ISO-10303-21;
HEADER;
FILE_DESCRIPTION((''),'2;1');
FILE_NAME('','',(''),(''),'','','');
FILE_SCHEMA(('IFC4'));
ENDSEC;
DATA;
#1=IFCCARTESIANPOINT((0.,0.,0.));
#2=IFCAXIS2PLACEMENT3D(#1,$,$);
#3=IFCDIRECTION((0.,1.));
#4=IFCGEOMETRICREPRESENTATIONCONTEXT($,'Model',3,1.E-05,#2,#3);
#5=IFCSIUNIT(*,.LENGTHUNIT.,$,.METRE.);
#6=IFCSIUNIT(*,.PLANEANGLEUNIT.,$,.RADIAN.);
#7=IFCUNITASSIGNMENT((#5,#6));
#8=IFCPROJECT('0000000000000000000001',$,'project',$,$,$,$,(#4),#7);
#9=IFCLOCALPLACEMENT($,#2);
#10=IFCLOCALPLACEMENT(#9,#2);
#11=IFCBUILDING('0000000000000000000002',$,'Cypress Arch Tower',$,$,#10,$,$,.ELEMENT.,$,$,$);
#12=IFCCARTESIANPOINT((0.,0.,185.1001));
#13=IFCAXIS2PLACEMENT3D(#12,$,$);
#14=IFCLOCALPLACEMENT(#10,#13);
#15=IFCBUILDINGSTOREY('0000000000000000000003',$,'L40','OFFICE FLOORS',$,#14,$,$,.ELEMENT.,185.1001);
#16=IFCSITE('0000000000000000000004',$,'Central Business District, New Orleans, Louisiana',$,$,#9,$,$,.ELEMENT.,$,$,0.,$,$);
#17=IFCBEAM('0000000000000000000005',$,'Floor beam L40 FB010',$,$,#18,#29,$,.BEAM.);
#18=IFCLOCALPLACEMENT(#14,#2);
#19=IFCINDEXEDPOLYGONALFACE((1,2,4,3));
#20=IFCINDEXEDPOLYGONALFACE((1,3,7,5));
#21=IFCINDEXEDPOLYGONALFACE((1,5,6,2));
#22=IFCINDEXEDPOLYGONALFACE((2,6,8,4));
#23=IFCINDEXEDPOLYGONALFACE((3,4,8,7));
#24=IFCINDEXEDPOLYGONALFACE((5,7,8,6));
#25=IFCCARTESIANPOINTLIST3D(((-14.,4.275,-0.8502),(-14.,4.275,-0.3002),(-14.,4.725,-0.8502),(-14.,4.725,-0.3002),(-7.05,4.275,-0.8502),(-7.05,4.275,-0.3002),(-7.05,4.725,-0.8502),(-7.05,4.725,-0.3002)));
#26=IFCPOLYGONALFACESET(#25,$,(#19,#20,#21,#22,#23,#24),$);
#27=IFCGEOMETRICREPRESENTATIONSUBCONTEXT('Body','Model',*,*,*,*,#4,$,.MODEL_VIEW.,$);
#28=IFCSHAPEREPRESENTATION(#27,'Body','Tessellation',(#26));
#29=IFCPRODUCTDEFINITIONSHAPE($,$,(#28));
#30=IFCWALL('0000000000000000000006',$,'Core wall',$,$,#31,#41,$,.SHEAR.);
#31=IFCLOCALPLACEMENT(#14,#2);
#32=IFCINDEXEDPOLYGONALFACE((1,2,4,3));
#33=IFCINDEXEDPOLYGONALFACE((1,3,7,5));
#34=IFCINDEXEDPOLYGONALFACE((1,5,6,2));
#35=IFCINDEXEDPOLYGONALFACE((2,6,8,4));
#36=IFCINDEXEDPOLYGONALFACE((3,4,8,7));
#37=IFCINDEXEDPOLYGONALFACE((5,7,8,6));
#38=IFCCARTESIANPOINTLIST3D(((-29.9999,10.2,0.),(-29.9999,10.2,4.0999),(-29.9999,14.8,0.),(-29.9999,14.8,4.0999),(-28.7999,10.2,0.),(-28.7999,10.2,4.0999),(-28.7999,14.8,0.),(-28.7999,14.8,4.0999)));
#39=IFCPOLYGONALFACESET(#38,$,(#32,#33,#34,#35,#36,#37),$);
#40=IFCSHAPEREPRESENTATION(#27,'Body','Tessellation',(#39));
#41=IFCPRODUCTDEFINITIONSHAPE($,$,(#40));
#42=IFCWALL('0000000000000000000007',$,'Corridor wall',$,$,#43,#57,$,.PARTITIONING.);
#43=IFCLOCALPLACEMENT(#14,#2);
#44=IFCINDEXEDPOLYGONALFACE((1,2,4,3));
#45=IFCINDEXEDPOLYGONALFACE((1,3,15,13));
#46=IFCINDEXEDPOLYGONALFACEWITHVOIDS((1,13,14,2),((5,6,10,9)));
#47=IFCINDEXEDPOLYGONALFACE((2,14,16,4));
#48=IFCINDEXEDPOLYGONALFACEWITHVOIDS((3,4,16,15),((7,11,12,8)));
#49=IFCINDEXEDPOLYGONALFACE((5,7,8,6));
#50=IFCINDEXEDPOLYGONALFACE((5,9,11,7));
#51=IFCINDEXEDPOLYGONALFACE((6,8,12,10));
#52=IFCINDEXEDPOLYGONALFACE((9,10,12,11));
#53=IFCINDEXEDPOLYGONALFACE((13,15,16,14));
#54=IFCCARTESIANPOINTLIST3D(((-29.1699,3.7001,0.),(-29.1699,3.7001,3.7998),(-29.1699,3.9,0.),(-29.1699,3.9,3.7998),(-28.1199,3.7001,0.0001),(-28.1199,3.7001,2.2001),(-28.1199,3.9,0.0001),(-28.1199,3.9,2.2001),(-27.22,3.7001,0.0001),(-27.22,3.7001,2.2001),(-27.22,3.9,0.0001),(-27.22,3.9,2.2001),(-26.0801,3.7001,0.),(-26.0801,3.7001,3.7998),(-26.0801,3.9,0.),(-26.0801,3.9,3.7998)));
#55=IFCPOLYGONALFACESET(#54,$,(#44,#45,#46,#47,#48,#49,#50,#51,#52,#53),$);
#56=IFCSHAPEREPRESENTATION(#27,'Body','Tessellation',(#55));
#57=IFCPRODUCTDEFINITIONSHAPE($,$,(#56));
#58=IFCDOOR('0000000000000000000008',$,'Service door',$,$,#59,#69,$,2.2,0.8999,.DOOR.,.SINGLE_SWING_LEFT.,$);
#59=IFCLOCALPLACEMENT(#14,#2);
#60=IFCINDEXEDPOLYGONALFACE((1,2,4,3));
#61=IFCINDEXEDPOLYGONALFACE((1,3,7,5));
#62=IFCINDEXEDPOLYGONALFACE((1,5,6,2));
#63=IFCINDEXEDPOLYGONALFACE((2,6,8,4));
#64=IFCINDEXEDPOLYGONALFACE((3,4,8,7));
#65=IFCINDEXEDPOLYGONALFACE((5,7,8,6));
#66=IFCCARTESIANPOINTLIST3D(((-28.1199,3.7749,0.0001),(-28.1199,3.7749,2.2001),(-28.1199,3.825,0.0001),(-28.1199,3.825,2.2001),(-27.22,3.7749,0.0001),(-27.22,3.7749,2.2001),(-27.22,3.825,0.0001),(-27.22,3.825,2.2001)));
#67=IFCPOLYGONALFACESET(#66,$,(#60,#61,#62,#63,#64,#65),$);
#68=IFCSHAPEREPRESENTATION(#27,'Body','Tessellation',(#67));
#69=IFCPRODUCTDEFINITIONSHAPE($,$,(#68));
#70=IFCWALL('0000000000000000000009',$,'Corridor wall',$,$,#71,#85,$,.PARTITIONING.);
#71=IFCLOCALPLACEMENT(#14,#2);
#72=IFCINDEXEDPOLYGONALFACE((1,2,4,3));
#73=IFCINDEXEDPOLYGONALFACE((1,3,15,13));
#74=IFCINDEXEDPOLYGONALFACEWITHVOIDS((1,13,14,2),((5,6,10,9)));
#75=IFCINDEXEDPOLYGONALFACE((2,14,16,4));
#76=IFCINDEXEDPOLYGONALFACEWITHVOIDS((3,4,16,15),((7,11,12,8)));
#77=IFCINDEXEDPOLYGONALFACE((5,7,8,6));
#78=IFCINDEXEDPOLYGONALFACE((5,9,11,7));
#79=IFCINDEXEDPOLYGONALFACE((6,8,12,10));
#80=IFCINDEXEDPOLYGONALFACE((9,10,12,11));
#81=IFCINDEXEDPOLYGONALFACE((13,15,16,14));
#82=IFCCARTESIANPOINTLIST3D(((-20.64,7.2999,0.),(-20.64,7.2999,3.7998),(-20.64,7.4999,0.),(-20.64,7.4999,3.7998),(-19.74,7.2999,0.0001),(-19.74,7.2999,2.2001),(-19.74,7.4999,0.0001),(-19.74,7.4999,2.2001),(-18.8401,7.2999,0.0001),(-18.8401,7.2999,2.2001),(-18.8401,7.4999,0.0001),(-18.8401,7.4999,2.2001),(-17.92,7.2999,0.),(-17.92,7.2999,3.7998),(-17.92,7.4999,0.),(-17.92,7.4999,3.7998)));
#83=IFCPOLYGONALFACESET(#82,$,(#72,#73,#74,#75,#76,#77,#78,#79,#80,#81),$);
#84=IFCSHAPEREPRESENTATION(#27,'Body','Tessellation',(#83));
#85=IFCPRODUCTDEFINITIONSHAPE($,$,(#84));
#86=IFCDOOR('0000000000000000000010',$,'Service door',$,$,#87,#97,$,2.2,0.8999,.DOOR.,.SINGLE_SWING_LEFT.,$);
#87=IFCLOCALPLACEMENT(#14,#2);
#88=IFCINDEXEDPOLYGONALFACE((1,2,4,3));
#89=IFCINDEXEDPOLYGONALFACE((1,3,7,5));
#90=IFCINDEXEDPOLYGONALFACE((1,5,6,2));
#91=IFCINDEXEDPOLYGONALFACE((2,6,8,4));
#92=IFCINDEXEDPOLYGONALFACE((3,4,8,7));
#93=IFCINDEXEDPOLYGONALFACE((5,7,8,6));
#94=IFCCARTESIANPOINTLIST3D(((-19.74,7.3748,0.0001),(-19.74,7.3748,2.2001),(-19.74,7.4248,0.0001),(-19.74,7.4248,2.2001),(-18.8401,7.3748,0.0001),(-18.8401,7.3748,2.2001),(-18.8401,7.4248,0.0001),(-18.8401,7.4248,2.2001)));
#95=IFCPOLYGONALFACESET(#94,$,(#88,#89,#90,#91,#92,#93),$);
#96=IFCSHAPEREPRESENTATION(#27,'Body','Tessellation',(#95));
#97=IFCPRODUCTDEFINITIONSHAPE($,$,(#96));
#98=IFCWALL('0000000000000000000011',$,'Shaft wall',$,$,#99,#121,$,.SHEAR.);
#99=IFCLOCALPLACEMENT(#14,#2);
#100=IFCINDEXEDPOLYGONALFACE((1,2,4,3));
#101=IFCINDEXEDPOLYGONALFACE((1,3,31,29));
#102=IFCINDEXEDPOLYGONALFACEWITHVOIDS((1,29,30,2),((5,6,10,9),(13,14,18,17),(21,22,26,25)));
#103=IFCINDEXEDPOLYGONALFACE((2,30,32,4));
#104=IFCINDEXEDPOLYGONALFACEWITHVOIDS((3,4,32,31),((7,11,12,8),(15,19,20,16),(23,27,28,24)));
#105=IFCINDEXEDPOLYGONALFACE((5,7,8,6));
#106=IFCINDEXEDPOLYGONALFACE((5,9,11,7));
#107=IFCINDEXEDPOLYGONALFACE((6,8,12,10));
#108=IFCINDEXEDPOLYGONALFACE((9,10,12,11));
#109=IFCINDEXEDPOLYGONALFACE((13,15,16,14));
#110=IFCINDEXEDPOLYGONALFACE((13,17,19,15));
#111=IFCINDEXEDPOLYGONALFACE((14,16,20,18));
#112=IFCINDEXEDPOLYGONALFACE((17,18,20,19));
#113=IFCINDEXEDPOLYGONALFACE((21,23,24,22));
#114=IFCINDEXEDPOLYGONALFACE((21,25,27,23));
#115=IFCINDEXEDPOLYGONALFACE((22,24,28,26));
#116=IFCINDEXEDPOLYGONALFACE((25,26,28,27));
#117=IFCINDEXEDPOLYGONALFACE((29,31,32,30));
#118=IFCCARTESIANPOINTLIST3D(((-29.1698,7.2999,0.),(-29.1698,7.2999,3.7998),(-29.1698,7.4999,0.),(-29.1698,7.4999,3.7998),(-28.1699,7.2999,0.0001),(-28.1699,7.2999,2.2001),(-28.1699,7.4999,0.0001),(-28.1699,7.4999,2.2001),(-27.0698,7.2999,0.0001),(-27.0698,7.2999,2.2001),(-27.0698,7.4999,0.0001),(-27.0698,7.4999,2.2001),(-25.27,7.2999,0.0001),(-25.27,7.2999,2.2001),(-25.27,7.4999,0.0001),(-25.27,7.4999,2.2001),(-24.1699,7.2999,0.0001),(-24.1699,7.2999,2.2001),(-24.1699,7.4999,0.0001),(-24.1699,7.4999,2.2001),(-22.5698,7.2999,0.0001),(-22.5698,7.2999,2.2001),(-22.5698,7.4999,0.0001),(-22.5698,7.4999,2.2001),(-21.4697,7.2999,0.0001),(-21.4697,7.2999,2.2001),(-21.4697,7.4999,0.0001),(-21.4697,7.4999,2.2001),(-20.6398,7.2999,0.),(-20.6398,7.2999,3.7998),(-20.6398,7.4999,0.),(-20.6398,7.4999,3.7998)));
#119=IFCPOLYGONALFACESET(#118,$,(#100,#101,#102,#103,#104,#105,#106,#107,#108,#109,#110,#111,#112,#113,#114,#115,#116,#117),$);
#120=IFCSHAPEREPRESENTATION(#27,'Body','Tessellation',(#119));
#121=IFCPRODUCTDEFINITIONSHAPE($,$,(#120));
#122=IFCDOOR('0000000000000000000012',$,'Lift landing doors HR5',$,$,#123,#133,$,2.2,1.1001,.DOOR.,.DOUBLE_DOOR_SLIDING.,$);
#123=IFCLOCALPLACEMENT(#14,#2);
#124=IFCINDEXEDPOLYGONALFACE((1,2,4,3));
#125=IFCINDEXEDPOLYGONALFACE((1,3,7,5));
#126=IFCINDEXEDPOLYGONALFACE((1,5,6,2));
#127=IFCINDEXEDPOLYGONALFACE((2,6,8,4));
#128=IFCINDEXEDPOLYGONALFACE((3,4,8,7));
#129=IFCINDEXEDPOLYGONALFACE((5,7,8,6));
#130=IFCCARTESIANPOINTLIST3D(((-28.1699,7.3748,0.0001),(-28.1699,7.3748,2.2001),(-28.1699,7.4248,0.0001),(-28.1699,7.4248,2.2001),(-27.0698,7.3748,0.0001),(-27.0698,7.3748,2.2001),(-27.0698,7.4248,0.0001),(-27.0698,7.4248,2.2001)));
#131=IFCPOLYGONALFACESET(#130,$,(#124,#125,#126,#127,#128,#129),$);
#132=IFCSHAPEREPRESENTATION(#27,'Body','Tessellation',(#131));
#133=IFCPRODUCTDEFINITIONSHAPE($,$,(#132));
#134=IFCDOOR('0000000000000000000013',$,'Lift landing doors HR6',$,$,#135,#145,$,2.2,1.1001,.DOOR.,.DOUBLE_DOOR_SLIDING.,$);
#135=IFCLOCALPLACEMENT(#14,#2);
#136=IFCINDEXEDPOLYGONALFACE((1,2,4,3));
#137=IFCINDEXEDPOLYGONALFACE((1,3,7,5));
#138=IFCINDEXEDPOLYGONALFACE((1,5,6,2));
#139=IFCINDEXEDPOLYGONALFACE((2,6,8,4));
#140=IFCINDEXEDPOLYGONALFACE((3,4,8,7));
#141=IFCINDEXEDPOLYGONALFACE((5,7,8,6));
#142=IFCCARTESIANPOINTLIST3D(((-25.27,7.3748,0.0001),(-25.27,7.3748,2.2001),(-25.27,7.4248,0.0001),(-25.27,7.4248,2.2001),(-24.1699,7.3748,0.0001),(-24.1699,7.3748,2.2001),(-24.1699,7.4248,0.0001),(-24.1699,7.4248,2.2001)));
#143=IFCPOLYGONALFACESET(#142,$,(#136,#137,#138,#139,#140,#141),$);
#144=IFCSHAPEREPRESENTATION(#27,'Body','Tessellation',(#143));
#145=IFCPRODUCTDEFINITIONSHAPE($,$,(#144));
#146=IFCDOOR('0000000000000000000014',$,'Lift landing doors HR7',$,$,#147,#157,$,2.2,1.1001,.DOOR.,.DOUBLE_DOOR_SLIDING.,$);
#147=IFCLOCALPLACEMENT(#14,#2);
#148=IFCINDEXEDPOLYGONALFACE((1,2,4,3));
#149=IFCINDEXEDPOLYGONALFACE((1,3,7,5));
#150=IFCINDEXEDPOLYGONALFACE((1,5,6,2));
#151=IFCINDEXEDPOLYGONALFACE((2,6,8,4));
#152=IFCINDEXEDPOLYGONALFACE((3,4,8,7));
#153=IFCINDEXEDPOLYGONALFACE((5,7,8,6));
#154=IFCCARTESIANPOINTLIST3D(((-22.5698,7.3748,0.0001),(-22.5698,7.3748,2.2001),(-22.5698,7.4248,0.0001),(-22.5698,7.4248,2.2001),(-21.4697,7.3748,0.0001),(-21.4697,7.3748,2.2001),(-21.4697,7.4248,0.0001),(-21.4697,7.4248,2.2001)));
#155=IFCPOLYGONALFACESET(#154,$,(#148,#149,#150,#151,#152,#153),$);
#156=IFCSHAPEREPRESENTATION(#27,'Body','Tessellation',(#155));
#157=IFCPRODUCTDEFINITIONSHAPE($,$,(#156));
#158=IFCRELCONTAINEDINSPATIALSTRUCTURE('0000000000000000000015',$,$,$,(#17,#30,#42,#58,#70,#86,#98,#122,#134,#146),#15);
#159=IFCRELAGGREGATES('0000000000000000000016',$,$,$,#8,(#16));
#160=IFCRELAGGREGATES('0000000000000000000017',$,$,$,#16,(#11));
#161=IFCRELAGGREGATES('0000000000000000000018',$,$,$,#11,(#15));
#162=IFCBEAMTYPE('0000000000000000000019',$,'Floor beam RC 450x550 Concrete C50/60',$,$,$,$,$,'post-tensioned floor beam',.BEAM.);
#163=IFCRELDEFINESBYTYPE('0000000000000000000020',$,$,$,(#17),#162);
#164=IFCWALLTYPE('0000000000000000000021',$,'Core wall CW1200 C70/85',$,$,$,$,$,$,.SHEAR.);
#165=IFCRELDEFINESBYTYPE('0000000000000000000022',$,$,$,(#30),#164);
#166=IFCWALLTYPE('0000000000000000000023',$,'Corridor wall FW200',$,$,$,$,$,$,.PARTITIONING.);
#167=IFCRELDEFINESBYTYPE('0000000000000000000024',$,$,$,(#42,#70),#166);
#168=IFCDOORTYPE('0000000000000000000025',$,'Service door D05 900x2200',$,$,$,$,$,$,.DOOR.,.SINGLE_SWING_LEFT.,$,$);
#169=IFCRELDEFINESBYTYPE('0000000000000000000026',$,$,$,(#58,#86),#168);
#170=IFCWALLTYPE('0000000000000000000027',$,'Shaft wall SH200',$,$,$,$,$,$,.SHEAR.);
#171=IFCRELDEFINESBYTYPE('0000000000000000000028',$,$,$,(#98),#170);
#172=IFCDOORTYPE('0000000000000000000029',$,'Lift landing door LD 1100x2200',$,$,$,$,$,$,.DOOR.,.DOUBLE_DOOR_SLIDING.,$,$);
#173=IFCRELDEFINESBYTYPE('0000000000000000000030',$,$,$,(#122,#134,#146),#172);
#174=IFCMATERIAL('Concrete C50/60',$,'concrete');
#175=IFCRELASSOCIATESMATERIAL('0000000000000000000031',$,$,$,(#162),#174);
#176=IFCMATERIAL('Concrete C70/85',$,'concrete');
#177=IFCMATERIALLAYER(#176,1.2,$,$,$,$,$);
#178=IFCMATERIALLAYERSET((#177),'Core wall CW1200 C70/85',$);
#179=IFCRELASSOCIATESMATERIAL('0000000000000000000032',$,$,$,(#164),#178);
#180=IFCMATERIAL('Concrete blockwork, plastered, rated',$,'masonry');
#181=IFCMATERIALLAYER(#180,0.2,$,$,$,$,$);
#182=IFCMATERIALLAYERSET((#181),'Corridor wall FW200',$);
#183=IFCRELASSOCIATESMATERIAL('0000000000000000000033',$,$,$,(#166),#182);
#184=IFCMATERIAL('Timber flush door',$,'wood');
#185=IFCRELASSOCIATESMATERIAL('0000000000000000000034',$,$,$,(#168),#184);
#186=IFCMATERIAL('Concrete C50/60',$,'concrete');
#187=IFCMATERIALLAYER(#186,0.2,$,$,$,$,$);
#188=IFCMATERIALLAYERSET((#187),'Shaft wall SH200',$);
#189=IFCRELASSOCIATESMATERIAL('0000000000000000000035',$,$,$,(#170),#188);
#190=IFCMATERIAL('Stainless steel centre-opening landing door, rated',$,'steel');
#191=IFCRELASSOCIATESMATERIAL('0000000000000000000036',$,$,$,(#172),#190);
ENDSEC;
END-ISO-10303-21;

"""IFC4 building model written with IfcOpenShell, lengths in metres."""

from ifc_helpers import new_model, si_unit, direction, frame, frame_2d, origin, origin_2d, place, context, subcontext, project, spatial, rectangle, extrude, material, layer, layer_set, material_profile, profile_set, type_object, element, fill, save


model = new_model("IFC4")

# Units and contexts
model_context = context("Model", 3, precision=1e-05, world=origin(), true_north=direction((0.0, 1.0)))
body_context = subcontext(model_context, "Body", "Model", "MODEL_VIEW")
ifc_project = project(units=[si_unit("LENGTHUNIT", "METRE"), si_unit("PLANEANGLEUNIT", "RADIAN")], contexts=[model_context])

# Site, building, storey
site_placement = place(None, origin())
site = spatial("IfcSite", under=ifc_project, at=site_placement, Name="Central Business District, New Orleans, Louisiana", CompositionType="ELEMENT", RefElevation=0.0)
building_placement = place(site_placement, origin())
building = spatial("IfcBuilding", under=site, at=building_placement, Name="Cypress Arch Tower", CompositionType="ELEMENT")
storey_placement = place(building_placement, frame((0.0, 0.0, 185.1001)))
storey = spatial("IfcBuildingStorey", under=building, at=storey_placement, Name="L40", Description="OFFICE FLOORS", CompositionType="ELEMENT", Elevation=185.1001)

# Beam
ifc_material_1 = material(Name="Concrete C50/60", Category="concrete")
ifc_material_profile = material_profile(ifc_material_1, rectangle(XDim=0.45, YDim=0.55, at=origin_2d()), Name="RC 450x550")
ifc_profile_set = profile_set([ifc_material_profile], Name="Concrete C50/60")
beam_type = type_object("IfcBeamType", Name="Floor beam RC 450x550 Concrete C50/60", ElementType="post-tensioned floor beam", PredefinedType="BEAM", material=ifc_profile_set)
beam_placement = place(storey_placement, frame((-14.0, 4.5, -0.5752), z_axis=(1.0, 0.0, 0.0), x_axis=(0.0, 1.0, 0.0)))
element("IfcBeam", 1, at=beam_placement, inside=storey, type_object=beam_type, Name="Floor beam L40 FB010", PredefinedType="BEAM", context=body_context, shape_type="SweptSolid", body=[
    extrude(rectangle(XDim=0.45, YDim=0.55, at=origin_2d()), origin(), (0.0, 0.0, 1.0), 6.95),
])

# Wall
ifc_material_2 = material(Name="Concrete C70/85", Category="concrete")
ifc_layer_1 = layer(ifc_material_2, 1.2)
ifc_layer_set_1 = layer_set([ifc_layer_1], Name="Core wall CW1200 C70/85")
wall_type_1 = type_object("IfcWallType", Name="Core wall CW1200 C70/85", PredefinedType="SHEAR", material=ifc_layer_set_1)
wall_1_placement = place(storey_placement, frame((-29.3999, 10.2, 0.0), z_axis=(0.0, 0.0, 1.0), x_axis=(0.0, 1.0, 0.0)))
element("IfcWall", 2, at=wall_1_placement, inside=storey, type_object=wall_type_1, Name="Core wall", PredefinedType="SHEAR", context=body_context, shape_type="SweptSolid", body=[
    extrude(rectangle(XDim=4.6001, YDim=1.2, at=frame_2d((2.3, 0.0))), origin(), (0.0, 0.0, 1.0), 4.0999),
])

# Walls, openings, doors
ifc_material_3 = material(Name="Concrete blockwork, plastered, rated", Category="masonry")
ifc_layer_2 = layer(ifc_material_3, 0.2)
ifc_layer_set_2 = layer_set([ifc_layer_2], Name="Corridor wall FW200")
wall_type_2 = type_object("IfcWallType", Name="Corridor wall FW200", PredefinedType="PARTITIONING", material=ifc_layer_set_2)
wall_2_placement = place(storey_placement, frame((-29.1699, 3.8, 0.0), z_axis=(0.0, 0.0, 1.0), x_axis=(1.0, 0.0, 0.0)))
wall_2 = element("IfcWall", 3, at=wall_2_placement, inside=storey, type_object=wall_type_2, Name="Corridor wall", PredefinedType="PARTITIONING", context=body_context, shape_type="SweptSolid", body=[
    extrude(rectangle(XDim=3.0898, YDim=0.2, at=frame_2d((1.5449, 0.0))), origin(), (0.0, 0.0, 1.0), 3.7998),
])
opening_1_placement = place(wall_2_placement, frame((1.05, 0.0, 0.0)))
opening_1 = element("IfcOpeningElement", 4, at=opening_1_placement, cuts=wall_2, PredefinedType="OPENING", context=body_context, shape_type="SweptSolid", body=[
    extrude(rectangle(XDim=0.8999, YDim=2.2, at=frame_2d((0.45, 1.1001))), frame((0.0, 0.1099, 0.0), z_axis=(0.0, -1.0, 0.0), x_axis=(1.0, 0.0, 0.0)), (0.0, 0.0, 1.0), 0.22),
])
ifc_material_4 = material(Name="Timber flush door", Category="wood")
door_type_1 = type_object("IfcDoorType", Name="Service door D05 900x2200", OperationType="SINGLE_SWING_LEFT", PredefinedType="DOOR", material=ifc_material_4)
door_1_placement = place(opening_1_placement, origin())
door_1 = element("IfcDoor", 5, at=door_1_placement, inside=storey, type_object=door_type_1, Name="Service door", OperationType="SINGLE_SWING_LEFT", OverallHeight=2.2, OverallWidth=0.8999, PredefinedType="DOOR", context=body_context, shape_type="SweptSolid", body=[
    extrude(rectangle(XDim=0.8999, YDim=2.2, at=frame_2d((0.45, 1.1001))), frame((0.0, 0.0249, 0.0), z_axis=(0.0, -1.0, 0.0), x_axis=(1.0, 0.0, 0.0)), (0.0, 0.0, 1.0), 0.05),
])
fill(opening_1, door_1)
wall_3_placement = place(storey_placement, frame((-20.6399, 7.3999, 0.0), z_axis=(0.0, 0.0, 1.0), x_axis=(1.0, 0.0, 0.0)))
wall_3 = element("IfcWall", 6, at=wall_3_placement, inside=storey, type_object=wall_type_2, Name="Corridor wall", PredefinedType="PARTITIONING", context=body_context, shape_type="SweptSolid", body=[
    extrude(rectangle(XDim=2.72, YDim=0.2, at=frame_2d((1.3599, 0.0))), origin(), (0.0, 0.0, 1.0), 3.7998),
])
opening_2_placement = place(wall_3_placement, frame((0.8999, 0.0, 0.0)))
opening_2 = element("IfcOpeningElement", 7, at=opening_2_placement, cuts=wall_3, PredefinedType="OPENING", context=body_context, shape_type="SweptSolid", body=[
    extrude(rectangle(XDim=0.8999, YDim=2.2, at=frame_2d((0.45, 1.1001))), frame((0.0, 0.1099, 0.0), z_axis=(0.0, -1.0, 0.0), x_axis=(1.0, 0.0, 0.0)), (0.0, 0.0, 1.0), 0.22),
])
door_2_placement = place(opening_2_placement, origin())
door_2 = element("IfcDoor", 8, at=door_2_placement, inside=storey, type_object=door_type_1, Name="Service door", OperationType="SINGLE_SWING_LEFT", OverallHeight=2.2, OverallWidth=0.8999, PredefinedType="DOOR", context=body_context, shape_type="SweptSolid", body=[
    extrude(rectangle(XDim=0.8999, YDim=2.2, at=frame_2d((0.45, 1.1001))), frame((0.0, 0.0249, 0.0), z_axis=(0.0, -1.0, 0.0), x_axis=(1.0, 0.0, 0.0)), (0.0, 0.0, 1.0), 0.05),
])
fill(opening_2, door_2)

# Wall, openings, doors
ifc_material_5 = material(Name="Concrete C50/60", Category="concrete")
ifc_layer_3 = layer(ifc_material_5, 0.2)
ifc_layer_set_3 = layer_set([ifc_layer_3], Name="Shaft wall SH200")
wall_type_3 = type_object("IfcWallType", Name="Shaft wall SH200", PredefinedType="SHEAR", material=ifc_layer_set_3)
wall_4_placement = place(storey_placement, frame((-29.1699, 7.3999, 0.0), z_axis=(0.0, 0.0, 1.0), x_axis=(1.0, 0.0, 0.0)))
wall_4 = element("IfcWall", 9, at=wall_4_placement, inside=storey, type_object=wall_type_3, Name="Shaft wall", PredefinedType="SHEAR", context=body_context, shape_type="SweptSolid", body=[
    extrude(rectangle(XDim=8.53, YDim=0.2, at=frame_2d((4.2651, 0.0))), origin(), (0.0, 0.0, 1.0), 3.7998),
])
opening_3_placement = place(wall_4_placement, frame((1.0, 0.0, 0.0)))
opening_3 = element("IfcOpeningElement", 10, at=opening_3_placement, cuts=wall_4, PredefinedType="OPENING", context=body_context, shape_type="SweptSolid", body=[
    extrude(rectangle(XDim=1.1001, YDim=2.2, at=frame_2d((0.55, 1.1001))), frame((0.0, 0.1099, 0.0), z_axis=(0.0, -1.0, 0.0), x_axis=(1.0, 0.0, 0.0)), (0.0, 0.0, 1.0), 0.22),
])
opening_4_placement = place(wall_4_placement, frame((3.8999, 0.0, 0.0)))
opening_4 = element("IfcOpeningElement", 11, at=opening_4_placement, cuts=wall_4, PredefinedType="OPENING", context=body_context, shape_type="SweptSolid", body=[
    extrude(rectangle(XDim=1.1001, YDim=2.2, at=frame_2d((0.55, 1.1001))), frame((0.0, 0.1099, 0.0), z_axis=(0.0, -1.0, 0.0), x_axis=(1.0, 0.0, 0.0)), (0.0, 0.0, 1.0), 0.22),
])
opening_5_placement = place(wall_4_placement, frame((6.6001, 0.0, 0.0)))
opening_5 = element("IfcOpeningElement", 12, at=opening_5_placement, cuts=wall_4, PredefinedType="OPENING", context=body_context, shape_type="SweptSolid", body=[
    extrude(rectangle(XDim=1.1001, YDim=2.2, at=frame_2d((0.55, 1.1001))), frame((0.0, 0.1099, 0.0), z_axis=(0.0, -1.0, 0.0), x_axis=(1.0, 0.0, 0.0)), (0.0, 0.0, 1.0), 0.22),
])
ifc_material_6 = material(Name="Stainless steel centre-opening landing door, rated", Category="steel")
door_type_2 = type_object("IfcDoorType", Name="Lift landing door LD 1100x2200", OperationType="DOUBLE_DOOR_SLIDING", PredefinedType="DOOR", material=ifc_material_6)
door_3_placement = place(opening_3_placement, origin())
door_3 = element("IfcDoor", 13, at=door_3_placement, inside=storey, type_object=door_type_2, Name="Lift landing doors HR5", OperationType="DOUBLE_DOOR_SLIDING", OverallHeight=2.2, OverallWidth=1.1001, PredefinedType="DOOR", context=body_context, shape_type="SweptSolid", body=[
    extrude(rectangle(XDim=1.1001, YDim=2.2, at=frame_2d((0.55, 1.1001))), frame((0.0, 0.0249, 0.0), z_axis=(0.0, -1.0, 0.0), x_axis=(1.0, 0.0, 0.0)), (0.0, 0.0, 1.0), 0.05),
])
fill(opening_3, door_3)
door_4_placement = place(opening_4_placement, origin())
door_4 = element("IfcDoor", 14, at=door_4_placement, inside=storey, type_object=door_type_2, Name="Lift landing doors HR6", OperationType="DOUBLE_DOOR_SLIDING", OverallHeight=2.2, OverallWidth=1.1001, PredefinedType="DOOR", context=body_context, shape_type="SweptSolid", body=[
    extrude(rectangle(XDim=1.1001, YDim=2.2, at=frame_2d((0.55, 1.1001))), frame((0.0, 0.0249, 0.0), z_axis=(0.0, -1.0, 0.0), x_axis=(1.0, 0.0, 0.0)), (0.0, 0.0, 1.0), 0.05),
])
fill(opening_4, door_4)
door_5_placement = place(opening_5_placement, origin())
door_5 = element("IfcDoor", 15, at=door_5_placement, inside=storey, type_object=door_type_2, Name="Lift landing doors HR7", OperationType="DOUBLE_DOOR_SLIDING", OverallHeight=2.2, OverallWidth=1.1001, PredefinedType="DOOR", context=body_context, shape_type="SweptSolid", body=[
    extrude(rectangle(XDim=1.1001, YDim=2.2, at=frame_2d((0.55, 1.1001))), frame((0.0, 0.0249, 0.0), z_axis=(0.0, -1.0, 0.0), x_axis=(1.0, 0.0, 0.0)), (0.0, 0.0, 1.0), 0.05),
])
fill(opening_5, door_5)

save(model, "model.ifc")
